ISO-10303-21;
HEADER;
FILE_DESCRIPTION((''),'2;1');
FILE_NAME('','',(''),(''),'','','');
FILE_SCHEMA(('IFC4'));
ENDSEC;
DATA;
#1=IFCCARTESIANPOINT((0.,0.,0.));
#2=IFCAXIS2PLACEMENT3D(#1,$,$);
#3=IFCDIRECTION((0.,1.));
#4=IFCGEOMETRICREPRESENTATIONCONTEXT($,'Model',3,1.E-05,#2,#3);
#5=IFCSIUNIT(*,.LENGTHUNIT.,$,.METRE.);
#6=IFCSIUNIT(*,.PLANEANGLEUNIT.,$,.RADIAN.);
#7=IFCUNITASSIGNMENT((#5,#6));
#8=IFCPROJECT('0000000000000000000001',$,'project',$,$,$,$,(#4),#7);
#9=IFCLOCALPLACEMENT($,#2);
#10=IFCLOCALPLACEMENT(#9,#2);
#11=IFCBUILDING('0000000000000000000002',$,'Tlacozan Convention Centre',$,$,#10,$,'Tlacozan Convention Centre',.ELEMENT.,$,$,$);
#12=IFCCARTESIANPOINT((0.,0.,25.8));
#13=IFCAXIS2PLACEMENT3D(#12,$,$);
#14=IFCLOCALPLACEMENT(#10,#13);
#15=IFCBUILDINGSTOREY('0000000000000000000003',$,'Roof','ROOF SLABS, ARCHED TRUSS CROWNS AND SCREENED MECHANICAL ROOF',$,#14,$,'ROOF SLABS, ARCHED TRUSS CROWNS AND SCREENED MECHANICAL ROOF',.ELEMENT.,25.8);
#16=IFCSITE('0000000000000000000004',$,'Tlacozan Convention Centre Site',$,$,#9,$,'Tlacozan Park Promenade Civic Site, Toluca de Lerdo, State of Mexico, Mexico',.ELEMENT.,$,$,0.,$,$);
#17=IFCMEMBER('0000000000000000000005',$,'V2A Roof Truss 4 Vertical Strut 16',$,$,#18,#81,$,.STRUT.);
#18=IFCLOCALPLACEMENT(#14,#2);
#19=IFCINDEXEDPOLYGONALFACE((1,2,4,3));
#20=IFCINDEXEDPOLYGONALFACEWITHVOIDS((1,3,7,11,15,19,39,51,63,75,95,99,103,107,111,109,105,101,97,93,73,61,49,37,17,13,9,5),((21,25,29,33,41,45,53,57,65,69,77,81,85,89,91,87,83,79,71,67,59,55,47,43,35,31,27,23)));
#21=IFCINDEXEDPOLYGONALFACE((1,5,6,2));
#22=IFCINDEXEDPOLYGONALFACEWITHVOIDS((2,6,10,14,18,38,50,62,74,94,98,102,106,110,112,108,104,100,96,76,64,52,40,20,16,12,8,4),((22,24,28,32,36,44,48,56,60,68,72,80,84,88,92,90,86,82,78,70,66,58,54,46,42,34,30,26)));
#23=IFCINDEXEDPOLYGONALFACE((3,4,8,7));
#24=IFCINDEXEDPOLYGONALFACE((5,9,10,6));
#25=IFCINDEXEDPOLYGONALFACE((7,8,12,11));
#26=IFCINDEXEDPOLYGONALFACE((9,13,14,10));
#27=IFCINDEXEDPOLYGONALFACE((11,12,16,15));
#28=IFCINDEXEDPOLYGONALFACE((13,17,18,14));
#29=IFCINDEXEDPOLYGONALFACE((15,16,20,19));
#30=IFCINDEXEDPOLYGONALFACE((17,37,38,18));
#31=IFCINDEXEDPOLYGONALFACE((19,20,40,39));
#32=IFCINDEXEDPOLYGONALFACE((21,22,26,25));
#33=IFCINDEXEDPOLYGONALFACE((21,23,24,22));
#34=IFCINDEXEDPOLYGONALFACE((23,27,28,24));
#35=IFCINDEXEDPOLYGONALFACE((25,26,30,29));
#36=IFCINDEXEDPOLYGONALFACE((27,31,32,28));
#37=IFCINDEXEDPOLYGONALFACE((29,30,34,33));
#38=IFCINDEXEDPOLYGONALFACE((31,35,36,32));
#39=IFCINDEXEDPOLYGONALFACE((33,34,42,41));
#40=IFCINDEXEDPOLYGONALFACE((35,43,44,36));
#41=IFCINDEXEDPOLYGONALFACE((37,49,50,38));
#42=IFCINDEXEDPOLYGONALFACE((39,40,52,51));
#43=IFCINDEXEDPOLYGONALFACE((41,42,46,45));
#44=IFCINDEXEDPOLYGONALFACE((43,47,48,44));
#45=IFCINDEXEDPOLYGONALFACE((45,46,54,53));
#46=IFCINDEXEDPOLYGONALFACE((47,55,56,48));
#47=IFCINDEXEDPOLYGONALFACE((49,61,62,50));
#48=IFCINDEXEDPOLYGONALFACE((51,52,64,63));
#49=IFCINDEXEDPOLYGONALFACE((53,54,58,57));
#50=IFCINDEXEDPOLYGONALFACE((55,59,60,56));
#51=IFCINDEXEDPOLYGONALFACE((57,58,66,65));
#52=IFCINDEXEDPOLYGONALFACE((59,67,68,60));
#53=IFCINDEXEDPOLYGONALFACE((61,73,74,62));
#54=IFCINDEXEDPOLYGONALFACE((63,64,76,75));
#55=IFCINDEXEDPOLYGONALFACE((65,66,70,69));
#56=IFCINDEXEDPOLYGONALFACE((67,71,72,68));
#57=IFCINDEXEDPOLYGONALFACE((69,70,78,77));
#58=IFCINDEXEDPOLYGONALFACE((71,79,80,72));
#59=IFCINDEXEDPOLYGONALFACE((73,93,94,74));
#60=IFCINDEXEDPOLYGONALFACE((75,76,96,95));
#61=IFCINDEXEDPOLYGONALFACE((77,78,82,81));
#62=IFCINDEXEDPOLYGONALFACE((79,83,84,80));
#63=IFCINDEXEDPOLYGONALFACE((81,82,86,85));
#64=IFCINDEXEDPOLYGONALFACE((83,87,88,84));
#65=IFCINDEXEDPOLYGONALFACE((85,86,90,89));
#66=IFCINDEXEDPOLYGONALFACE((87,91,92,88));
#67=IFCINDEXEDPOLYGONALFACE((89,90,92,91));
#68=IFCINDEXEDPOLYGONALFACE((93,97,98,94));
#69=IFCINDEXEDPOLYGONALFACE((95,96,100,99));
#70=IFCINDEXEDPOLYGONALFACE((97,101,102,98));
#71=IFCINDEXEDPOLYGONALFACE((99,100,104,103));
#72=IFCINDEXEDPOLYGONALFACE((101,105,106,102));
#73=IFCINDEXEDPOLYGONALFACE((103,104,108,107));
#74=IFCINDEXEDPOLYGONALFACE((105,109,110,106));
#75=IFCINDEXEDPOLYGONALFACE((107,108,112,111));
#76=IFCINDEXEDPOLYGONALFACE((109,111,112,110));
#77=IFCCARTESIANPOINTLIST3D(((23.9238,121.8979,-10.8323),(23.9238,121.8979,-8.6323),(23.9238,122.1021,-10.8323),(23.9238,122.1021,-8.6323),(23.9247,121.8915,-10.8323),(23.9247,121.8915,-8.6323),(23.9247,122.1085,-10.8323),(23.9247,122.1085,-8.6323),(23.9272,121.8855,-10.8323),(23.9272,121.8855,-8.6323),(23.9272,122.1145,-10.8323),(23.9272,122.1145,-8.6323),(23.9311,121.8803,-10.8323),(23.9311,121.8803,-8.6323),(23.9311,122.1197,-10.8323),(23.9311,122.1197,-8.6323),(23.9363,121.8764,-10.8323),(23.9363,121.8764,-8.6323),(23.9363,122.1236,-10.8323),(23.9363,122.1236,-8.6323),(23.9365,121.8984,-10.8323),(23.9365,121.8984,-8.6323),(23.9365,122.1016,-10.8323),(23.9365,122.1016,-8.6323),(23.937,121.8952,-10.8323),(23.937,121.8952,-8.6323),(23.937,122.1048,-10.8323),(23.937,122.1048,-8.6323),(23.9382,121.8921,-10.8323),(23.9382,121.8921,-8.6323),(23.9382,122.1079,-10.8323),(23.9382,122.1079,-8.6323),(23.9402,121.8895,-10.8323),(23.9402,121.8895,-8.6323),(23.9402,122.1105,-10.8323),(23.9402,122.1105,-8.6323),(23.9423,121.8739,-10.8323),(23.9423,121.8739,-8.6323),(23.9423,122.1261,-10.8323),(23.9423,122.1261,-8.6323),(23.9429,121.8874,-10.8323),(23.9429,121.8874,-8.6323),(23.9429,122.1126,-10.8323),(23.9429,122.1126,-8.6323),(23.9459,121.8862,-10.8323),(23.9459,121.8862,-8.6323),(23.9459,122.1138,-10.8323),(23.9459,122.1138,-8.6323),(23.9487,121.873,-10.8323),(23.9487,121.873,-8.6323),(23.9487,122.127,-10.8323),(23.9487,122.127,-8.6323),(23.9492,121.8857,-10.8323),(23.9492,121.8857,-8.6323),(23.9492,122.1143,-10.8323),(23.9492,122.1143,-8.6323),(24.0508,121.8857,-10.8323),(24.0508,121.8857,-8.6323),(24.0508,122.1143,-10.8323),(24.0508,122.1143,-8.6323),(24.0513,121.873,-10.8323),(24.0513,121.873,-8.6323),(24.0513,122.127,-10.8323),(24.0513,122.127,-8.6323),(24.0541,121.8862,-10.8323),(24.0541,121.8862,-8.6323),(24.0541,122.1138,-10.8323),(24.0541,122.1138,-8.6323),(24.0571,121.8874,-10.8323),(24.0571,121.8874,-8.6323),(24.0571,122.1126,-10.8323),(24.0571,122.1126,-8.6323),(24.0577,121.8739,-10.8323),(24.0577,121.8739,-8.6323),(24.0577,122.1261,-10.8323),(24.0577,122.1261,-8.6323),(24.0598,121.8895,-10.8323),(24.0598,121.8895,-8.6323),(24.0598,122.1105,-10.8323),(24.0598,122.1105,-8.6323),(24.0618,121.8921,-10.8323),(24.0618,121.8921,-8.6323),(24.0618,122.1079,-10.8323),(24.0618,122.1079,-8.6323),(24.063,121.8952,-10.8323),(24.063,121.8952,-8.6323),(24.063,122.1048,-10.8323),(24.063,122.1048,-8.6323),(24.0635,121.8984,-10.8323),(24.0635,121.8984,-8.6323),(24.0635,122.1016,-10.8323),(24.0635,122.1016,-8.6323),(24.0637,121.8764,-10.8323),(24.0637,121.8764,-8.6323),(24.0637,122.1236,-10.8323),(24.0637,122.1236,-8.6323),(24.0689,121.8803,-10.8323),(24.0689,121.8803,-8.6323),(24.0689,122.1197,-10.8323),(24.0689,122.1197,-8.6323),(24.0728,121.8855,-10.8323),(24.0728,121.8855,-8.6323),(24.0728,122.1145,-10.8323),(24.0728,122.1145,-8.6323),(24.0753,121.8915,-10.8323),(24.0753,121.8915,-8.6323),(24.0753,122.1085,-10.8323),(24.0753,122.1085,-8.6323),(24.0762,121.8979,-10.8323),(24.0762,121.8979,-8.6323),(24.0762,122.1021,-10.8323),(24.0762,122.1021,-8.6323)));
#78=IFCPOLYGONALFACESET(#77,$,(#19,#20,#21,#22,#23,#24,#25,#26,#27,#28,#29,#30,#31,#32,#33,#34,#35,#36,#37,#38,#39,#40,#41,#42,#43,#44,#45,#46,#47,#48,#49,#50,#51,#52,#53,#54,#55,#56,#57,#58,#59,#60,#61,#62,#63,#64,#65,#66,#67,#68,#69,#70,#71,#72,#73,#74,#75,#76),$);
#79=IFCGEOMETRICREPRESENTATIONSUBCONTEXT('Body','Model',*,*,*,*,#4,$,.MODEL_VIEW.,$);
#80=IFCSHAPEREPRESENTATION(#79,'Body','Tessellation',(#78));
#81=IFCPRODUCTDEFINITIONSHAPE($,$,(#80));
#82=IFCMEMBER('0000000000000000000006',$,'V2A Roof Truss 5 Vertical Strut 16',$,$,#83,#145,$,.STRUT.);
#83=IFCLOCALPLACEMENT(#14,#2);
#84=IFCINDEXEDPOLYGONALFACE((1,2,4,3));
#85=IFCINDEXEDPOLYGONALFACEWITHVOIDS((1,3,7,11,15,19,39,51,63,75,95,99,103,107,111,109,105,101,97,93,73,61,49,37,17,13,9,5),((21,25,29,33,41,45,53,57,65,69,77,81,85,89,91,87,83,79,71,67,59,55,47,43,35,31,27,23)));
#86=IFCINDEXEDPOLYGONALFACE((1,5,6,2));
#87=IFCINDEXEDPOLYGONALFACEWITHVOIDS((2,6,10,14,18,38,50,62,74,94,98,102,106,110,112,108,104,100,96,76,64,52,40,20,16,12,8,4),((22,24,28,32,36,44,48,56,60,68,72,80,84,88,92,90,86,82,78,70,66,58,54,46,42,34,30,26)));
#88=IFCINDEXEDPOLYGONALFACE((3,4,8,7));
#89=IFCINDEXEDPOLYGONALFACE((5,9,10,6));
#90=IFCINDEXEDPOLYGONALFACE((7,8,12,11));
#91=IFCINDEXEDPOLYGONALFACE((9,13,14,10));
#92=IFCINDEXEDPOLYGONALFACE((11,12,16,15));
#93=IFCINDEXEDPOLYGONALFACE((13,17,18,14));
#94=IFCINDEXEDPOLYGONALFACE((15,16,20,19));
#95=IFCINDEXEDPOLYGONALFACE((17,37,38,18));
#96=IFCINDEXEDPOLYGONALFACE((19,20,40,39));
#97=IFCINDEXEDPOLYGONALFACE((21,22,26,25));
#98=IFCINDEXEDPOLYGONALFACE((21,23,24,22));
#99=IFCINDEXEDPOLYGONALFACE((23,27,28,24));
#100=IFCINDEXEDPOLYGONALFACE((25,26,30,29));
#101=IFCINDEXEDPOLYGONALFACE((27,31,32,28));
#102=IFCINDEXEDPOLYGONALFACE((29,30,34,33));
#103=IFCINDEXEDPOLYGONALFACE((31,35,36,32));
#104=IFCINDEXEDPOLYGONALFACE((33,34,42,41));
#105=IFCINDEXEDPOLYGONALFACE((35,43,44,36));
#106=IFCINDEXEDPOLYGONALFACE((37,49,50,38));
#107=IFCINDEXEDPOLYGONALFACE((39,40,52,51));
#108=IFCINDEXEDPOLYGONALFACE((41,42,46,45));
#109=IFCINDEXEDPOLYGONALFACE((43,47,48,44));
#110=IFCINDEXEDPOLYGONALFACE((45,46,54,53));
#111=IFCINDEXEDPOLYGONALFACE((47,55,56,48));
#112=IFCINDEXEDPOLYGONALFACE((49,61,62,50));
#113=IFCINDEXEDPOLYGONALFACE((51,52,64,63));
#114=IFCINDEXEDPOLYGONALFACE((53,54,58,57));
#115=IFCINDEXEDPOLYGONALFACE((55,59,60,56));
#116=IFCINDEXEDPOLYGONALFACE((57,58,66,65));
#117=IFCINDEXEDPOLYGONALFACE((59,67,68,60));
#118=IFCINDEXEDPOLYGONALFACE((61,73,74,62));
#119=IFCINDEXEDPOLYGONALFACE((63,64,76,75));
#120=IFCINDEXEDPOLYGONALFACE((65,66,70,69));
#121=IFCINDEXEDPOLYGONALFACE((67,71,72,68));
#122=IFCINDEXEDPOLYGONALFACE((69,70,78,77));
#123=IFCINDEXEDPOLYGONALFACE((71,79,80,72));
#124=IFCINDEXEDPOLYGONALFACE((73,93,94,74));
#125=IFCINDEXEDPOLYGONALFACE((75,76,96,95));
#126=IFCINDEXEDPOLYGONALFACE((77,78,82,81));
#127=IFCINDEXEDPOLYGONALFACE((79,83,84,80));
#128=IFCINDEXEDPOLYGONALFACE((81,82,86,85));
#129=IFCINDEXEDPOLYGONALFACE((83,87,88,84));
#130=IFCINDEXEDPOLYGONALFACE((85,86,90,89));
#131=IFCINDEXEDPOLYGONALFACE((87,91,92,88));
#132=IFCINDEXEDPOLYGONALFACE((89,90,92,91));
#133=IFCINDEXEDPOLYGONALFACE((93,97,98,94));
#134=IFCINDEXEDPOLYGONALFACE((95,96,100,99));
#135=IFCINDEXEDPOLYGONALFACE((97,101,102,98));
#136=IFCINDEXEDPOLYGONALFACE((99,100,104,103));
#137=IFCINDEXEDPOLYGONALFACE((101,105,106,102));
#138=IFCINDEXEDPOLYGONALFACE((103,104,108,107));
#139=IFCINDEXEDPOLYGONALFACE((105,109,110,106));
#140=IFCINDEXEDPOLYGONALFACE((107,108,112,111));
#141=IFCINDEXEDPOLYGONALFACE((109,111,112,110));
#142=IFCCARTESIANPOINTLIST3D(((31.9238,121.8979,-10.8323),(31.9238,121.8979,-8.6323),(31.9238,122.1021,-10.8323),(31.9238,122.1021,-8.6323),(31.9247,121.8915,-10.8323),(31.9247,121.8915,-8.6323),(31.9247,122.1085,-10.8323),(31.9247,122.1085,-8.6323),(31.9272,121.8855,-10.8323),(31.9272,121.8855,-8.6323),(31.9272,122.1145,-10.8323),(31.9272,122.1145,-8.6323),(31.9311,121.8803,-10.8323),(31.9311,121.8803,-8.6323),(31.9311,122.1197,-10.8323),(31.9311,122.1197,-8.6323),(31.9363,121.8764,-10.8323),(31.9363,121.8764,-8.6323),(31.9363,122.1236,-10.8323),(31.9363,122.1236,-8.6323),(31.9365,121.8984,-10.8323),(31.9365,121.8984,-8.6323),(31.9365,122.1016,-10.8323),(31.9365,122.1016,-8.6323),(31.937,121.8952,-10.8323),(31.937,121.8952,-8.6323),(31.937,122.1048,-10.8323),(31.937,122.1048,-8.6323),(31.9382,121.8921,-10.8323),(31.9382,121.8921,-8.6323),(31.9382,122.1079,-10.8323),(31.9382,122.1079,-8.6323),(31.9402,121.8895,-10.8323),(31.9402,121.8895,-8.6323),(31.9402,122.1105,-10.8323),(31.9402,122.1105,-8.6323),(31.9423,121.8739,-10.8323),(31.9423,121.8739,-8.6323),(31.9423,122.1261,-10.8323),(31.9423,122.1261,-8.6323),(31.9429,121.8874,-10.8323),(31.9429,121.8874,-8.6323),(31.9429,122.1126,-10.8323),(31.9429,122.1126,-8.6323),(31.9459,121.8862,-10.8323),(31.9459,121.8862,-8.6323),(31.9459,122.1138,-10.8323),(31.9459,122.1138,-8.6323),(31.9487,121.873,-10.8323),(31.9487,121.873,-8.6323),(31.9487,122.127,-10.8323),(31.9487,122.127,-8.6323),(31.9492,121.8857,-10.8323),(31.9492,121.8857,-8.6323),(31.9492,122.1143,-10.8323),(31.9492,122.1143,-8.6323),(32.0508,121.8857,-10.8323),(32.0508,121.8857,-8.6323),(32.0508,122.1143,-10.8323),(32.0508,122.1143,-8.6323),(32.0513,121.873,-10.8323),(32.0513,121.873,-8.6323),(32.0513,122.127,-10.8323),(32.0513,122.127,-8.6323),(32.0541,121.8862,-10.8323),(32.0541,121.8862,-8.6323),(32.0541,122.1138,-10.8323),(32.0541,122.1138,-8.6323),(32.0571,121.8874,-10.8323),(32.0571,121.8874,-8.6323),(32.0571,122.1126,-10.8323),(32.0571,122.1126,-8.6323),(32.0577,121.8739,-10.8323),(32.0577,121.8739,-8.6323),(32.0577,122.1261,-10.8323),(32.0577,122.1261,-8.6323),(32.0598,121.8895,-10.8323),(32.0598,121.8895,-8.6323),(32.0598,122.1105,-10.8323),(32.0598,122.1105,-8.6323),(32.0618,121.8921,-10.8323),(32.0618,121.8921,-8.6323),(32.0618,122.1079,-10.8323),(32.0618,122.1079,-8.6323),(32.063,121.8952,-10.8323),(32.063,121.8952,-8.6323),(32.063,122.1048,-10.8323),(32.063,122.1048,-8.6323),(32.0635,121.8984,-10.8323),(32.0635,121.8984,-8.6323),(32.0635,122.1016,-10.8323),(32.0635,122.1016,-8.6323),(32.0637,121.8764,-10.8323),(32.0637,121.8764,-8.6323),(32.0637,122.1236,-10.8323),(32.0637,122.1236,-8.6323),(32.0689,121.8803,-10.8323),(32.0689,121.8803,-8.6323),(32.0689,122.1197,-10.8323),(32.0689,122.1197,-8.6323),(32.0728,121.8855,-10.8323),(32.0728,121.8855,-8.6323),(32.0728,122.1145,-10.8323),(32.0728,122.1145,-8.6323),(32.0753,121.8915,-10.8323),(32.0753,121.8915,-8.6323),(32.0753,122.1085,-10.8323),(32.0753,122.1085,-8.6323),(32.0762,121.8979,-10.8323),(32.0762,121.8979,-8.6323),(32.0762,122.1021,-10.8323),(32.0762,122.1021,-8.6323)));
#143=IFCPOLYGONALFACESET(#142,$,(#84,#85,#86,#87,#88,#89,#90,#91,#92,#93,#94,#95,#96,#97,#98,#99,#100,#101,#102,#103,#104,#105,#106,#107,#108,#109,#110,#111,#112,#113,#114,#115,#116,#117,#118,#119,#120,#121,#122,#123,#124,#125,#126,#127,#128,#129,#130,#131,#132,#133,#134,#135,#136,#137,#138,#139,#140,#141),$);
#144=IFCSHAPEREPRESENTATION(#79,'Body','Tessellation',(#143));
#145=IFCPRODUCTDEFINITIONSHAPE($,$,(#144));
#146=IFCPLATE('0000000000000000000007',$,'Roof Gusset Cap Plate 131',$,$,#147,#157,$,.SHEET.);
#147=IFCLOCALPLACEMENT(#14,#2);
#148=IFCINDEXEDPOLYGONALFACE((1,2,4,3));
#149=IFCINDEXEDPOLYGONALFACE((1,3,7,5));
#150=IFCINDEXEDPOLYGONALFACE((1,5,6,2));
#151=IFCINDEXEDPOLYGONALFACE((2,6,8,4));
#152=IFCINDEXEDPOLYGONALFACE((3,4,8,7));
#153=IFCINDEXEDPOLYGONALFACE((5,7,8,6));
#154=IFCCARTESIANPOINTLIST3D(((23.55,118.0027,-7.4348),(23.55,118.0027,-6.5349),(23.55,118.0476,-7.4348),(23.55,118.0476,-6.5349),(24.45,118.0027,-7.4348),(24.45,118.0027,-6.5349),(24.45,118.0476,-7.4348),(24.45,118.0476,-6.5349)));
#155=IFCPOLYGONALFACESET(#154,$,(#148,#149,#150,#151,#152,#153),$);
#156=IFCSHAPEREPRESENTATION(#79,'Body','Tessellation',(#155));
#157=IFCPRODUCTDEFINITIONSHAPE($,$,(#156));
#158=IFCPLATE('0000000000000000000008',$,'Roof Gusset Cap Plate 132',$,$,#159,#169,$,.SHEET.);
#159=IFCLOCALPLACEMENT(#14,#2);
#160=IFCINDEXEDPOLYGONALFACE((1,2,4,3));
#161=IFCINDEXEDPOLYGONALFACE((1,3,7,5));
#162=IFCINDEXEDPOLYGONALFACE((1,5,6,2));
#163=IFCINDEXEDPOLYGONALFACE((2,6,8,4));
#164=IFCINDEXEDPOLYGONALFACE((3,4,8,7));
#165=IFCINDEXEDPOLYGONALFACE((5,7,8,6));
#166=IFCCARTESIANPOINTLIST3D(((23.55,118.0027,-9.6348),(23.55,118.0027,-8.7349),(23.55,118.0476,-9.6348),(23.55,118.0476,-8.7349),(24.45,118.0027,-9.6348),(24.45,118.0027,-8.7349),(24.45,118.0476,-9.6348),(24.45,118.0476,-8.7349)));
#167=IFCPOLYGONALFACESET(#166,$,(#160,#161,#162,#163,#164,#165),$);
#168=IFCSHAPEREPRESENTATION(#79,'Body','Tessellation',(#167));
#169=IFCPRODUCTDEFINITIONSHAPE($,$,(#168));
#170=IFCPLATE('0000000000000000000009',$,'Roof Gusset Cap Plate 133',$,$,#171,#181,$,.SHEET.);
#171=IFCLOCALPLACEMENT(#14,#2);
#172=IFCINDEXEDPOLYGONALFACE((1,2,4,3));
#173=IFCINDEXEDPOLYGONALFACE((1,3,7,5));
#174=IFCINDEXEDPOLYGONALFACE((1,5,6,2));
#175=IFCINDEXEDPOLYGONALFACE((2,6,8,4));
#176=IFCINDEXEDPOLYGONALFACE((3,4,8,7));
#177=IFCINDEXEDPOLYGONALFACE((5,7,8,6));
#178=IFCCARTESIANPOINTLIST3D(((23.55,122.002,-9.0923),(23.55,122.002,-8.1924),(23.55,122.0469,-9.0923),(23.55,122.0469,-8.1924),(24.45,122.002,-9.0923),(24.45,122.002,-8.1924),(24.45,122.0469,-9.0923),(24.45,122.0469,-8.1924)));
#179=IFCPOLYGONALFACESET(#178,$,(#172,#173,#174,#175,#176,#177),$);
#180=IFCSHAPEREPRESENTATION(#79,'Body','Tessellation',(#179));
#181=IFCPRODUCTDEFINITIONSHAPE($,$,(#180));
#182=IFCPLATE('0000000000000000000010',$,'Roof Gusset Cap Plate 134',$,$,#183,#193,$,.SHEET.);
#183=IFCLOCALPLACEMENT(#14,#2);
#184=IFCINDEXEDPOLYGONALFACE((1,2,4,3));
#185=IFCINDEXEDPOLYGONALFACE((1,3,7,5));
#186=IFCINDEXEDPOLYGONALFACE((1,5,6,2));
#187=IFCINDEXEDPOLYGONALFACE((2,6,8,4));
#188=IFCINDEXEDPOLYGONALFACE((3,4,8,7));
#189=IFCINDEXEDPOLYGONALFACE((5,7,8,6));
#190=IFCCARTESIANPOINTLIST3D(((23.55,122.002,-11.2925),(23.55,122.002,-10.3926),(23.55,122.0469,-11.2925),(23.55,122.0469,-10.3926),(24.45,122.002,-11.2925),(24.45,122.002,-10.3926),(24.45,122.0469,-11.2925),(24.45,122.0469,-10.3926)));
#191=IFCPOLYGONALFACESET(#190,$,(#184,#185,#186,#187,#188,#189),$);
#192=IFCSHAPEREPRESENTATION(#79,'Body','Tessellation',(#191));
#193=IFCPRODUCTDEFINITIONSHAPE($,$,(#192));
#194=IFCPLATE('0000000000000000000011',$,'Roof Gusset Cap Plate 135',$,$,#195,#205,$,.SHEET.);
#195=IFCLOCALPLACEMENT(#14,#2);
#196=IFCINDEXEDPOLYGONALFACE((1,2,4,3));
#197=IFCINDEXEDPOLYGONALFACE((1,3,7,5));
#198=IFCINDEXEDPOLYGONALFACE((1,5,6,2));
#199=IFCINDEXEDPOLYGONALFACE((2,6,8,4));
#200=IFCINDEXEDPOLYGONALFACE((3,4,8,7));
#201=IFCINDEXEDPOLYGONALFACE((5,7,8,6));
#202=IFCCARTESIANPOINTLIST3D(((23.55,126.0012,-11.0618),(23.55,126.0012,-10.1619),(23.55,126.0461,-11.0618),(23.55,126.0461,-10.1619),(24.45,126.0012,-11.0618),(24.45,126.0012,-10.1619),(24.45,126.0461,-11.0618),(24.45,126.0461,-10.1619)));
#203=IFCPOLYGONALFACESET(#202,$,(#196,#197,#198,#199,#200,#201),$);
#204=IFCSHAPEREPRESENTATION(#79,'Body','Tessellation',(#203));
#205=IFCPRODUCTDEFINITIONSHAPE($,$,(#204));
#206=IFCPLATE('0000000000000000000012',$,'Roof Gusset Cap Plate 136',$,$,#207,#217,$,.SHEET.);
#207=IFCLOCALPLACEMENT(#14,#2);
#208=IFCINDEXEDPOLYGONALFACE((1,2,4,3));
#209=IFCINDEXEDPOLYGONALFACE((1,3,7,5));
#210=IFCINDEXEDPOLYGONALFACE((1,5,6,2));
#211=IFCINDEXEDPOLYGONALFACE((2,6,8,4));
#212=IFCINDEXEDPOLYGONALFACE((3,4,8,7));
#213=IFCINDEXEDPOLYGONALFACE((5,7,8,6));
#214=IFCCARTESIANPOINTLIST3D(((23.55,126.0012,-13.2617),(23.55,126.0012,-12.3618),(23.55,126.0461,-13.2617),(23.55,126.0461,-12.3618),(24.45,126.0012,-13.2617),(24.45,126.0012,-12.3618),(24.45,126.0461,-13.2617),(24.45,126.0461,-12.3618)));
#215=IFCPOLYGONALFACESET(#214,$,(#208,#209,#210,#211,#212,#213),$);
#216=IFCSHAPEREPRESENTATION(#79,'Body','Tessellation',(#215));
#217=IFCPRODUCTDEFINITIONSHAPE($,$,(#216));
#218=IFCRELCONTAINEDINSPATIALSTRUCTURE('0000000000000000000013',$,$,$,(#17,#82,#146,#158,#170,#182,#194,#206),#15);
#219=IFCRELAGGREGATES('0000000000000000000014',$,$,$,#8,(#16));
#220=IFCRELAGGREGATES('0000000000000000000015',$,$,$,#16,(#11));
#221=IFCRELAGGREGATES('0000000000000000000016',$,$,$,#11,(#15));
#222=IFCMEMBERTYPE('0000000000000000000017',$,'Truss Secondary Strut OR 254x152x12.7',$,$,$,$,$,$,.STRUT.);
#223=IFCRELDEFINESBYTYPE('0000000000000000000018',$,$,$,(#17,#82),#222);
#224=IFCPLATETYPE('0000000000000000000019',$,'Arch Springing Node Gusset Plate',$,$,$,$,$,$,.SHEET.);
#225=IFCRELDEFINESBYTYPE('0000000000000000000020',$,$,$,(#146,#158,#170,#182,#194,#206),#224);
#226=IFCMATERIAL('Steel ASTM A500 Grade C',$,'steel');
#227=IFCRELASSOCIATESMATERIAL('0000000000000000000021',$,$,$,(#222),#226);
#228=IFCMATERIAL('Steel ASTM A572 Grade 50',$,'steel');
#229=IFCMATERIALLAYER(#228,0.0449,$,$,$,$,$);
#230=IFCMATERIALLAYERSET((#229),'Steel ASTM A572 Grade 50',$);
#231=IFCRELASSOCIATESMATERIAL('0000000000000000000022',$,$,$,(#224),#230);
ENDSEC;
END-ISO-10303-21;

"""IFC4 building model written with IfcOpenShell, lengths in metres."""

from ifc_helpers import new_model, si_unit, direction, frame, origin, origin_2d, place, context, subcontext, project, spatial, rectangle, hollow_rectangle, extrude, material, layer, layer_set, material_profile, profile_set, type_object, element, save


model = new_model("IFC4")

# Units and contexts
model_context = context("Model", 3, precision=1e-05, world=origin(), true_north=direction((0.0, 1.0)))
body_context = subcontext(model_context, "Body", "Model", "MODEL_VIEW")
ifc_project = project(units=[si_unit("LENGTHUNIT", "METRE"), si_unit("PLANEANGLEUNIT", "RADIAN")], contexts=[model_context])

# Site, building, storey
site_placement = place(None, origin())
site = spatial("IfcSite", under=ifc_project, at=site_placement, Name="Tlacozan Convention Centre Site", LongName="Tlacozan Park Promenade Civic Site, Toluca de Lerdo, State of Mexico, Mexico", CompositionType="ELEMENT", RefElevation=0.0)
building_placement = place(site_placement, origin())
building = spatial("IfcBuilding", under=site, at=building_placement, Name="Tlacozan Convention Centre", LongName="Tlacozan Convention Centre", CompositionType="ELEMENT")
storey_placement = place(building_placement, frame((0.0, 0.0, 25.8)))
storey = spatial("IfcBuildingStorey", under=building, at=storey_placement, Name="Roof", Description="ROOF SLABS, ARCHED TRUSS CROWNS AND SCREENED MECHANICAL ROOF", LongName="ROOF SLABS, ARCHED TRUSS CROWNS AND SCREENED MECHANICAL ROOF", CompositionType="ELEMENT", Elevation=25.8)

# Members
ifc_material_1 = material(Name="Steel ASTM A500 Grade C", Category="steel")
ifc_material_profile_1 = material_profile(ifc_material_1, hollow_rectangle(XDim=0.1523, YDim=0.2539, WallThickness=0.0127, InnerFilletRadius=0.0127, OuterFilletRadius=0.0249, at=origin_2d()), Name="OR 254x152x12.7")
ifc_profile_set_1 = profile_set([ifc_material_profile_1], Name="Steel ASTM A500 Grade C")
member_type_1 = type_object("IfcMemberType", Name="Truss Secondary Strut OR 254x152x12.7", PredefinedType="STRUT", material=ifc_profile_set_1)
for number, where, z_axis, x_axis, name in (
    (1, (24.0, 122.0, -10.8323), (0.0, 0.0, 1.0), (1.0, 0.0, 0.0), "V2A Roof Truss 4 Vertical Strut 16"),
    (2, (32.0, 122.0, -10.8323), (0.0, 0.0, 1.0), (1.0, 0.0, 0.0), "V2A Roof Truss 5 Vertical Strut 16"),
):
    element("IfcMember", number, at=place(storey_placement, frame(where, z_axis=z_axis, x_axis=x_axis)), inside=storey, type_object=member_type_1, Name=name, PredefinedType="STRUT", context=body_context, shape_type="SweptSolid", body=[
        extrude(hollow_rectangle(XDim=0.1523, YDim=0.2539, WallThickness=0.0127, InnerFilletRadius=0.0127, OuterFilletRadius=0.0249, at=origin_2d()), origin(), (0.0, 0.0, 1.0), 2.2),
    ])

# Plates
ifc_material_2 = material(Name="Steel ASTM A572 Grade 50", Category="steel")
ifc_layer = layer(ifc_material_2, 0.0449)
ifc_layer_set = layer_set([ifc_layer], Name="Steel ASTM A572 Grade 50")
plate_type = type_object("IfcPlateType", Name="Arch Springing Node Gusset Plate", PredefinedType="SHEET", material=ifc_layer_set)
for number, where, z_axis, x_axis, name in (
    (3, (24.0, 118.0251, -7.4348), (0.0, 0.0, 1.0), (0.0, 1.0, 0.0), "Roof Gusset Cap Plate 131"),
    (4, (24.0, 118.0251, -9.6348), (0.0, 0.0, 1.0), (0.0, 1.0, 0.0), "Roof Gusset Cap Plate 132"),
    (5, (24.0, 122.0244, -9.0923), (0.0, 0.0, 1.0), (0.0, 1.0, 0.0), "Roof Gusset Cap Plate 133"),
    (6, (24.0, 122.0244, -11.2925), (0.0, 0.0, 1.0), (0.0, 1.0, 0.0), "Roof Gusset Cap Plate 134"),
    (7, (24.0, 126.0237, -11.0618), (0.0, 0.0, 1.0), (0.0, 1.0, 0.0), "Roof Gusset Cap Plate 135"),
    (8, (24.0, 126.0237, -13.2617), (0.0, 0.0, 1.0), (0.0, 1.0, 0.0), "Roof Gusset Cap Plate 136"),
):
    element("IfcPlate", number, at=place(storey_placement, frame(where, z_axis=z_axis, x_axis=x_axis)), inside=storey, type_object=plate_type, Name=name, PredefinedType="SHEET", context=body_context, shape_type="SweptSolid", body=[
        extrude(rectangle(XDim=0.0449, YDim=0.8999, at=origin_2d()), origin(), (0.0, 0.0, 1.0), 0.8999),
    ])

save(model, "model.ifc")
